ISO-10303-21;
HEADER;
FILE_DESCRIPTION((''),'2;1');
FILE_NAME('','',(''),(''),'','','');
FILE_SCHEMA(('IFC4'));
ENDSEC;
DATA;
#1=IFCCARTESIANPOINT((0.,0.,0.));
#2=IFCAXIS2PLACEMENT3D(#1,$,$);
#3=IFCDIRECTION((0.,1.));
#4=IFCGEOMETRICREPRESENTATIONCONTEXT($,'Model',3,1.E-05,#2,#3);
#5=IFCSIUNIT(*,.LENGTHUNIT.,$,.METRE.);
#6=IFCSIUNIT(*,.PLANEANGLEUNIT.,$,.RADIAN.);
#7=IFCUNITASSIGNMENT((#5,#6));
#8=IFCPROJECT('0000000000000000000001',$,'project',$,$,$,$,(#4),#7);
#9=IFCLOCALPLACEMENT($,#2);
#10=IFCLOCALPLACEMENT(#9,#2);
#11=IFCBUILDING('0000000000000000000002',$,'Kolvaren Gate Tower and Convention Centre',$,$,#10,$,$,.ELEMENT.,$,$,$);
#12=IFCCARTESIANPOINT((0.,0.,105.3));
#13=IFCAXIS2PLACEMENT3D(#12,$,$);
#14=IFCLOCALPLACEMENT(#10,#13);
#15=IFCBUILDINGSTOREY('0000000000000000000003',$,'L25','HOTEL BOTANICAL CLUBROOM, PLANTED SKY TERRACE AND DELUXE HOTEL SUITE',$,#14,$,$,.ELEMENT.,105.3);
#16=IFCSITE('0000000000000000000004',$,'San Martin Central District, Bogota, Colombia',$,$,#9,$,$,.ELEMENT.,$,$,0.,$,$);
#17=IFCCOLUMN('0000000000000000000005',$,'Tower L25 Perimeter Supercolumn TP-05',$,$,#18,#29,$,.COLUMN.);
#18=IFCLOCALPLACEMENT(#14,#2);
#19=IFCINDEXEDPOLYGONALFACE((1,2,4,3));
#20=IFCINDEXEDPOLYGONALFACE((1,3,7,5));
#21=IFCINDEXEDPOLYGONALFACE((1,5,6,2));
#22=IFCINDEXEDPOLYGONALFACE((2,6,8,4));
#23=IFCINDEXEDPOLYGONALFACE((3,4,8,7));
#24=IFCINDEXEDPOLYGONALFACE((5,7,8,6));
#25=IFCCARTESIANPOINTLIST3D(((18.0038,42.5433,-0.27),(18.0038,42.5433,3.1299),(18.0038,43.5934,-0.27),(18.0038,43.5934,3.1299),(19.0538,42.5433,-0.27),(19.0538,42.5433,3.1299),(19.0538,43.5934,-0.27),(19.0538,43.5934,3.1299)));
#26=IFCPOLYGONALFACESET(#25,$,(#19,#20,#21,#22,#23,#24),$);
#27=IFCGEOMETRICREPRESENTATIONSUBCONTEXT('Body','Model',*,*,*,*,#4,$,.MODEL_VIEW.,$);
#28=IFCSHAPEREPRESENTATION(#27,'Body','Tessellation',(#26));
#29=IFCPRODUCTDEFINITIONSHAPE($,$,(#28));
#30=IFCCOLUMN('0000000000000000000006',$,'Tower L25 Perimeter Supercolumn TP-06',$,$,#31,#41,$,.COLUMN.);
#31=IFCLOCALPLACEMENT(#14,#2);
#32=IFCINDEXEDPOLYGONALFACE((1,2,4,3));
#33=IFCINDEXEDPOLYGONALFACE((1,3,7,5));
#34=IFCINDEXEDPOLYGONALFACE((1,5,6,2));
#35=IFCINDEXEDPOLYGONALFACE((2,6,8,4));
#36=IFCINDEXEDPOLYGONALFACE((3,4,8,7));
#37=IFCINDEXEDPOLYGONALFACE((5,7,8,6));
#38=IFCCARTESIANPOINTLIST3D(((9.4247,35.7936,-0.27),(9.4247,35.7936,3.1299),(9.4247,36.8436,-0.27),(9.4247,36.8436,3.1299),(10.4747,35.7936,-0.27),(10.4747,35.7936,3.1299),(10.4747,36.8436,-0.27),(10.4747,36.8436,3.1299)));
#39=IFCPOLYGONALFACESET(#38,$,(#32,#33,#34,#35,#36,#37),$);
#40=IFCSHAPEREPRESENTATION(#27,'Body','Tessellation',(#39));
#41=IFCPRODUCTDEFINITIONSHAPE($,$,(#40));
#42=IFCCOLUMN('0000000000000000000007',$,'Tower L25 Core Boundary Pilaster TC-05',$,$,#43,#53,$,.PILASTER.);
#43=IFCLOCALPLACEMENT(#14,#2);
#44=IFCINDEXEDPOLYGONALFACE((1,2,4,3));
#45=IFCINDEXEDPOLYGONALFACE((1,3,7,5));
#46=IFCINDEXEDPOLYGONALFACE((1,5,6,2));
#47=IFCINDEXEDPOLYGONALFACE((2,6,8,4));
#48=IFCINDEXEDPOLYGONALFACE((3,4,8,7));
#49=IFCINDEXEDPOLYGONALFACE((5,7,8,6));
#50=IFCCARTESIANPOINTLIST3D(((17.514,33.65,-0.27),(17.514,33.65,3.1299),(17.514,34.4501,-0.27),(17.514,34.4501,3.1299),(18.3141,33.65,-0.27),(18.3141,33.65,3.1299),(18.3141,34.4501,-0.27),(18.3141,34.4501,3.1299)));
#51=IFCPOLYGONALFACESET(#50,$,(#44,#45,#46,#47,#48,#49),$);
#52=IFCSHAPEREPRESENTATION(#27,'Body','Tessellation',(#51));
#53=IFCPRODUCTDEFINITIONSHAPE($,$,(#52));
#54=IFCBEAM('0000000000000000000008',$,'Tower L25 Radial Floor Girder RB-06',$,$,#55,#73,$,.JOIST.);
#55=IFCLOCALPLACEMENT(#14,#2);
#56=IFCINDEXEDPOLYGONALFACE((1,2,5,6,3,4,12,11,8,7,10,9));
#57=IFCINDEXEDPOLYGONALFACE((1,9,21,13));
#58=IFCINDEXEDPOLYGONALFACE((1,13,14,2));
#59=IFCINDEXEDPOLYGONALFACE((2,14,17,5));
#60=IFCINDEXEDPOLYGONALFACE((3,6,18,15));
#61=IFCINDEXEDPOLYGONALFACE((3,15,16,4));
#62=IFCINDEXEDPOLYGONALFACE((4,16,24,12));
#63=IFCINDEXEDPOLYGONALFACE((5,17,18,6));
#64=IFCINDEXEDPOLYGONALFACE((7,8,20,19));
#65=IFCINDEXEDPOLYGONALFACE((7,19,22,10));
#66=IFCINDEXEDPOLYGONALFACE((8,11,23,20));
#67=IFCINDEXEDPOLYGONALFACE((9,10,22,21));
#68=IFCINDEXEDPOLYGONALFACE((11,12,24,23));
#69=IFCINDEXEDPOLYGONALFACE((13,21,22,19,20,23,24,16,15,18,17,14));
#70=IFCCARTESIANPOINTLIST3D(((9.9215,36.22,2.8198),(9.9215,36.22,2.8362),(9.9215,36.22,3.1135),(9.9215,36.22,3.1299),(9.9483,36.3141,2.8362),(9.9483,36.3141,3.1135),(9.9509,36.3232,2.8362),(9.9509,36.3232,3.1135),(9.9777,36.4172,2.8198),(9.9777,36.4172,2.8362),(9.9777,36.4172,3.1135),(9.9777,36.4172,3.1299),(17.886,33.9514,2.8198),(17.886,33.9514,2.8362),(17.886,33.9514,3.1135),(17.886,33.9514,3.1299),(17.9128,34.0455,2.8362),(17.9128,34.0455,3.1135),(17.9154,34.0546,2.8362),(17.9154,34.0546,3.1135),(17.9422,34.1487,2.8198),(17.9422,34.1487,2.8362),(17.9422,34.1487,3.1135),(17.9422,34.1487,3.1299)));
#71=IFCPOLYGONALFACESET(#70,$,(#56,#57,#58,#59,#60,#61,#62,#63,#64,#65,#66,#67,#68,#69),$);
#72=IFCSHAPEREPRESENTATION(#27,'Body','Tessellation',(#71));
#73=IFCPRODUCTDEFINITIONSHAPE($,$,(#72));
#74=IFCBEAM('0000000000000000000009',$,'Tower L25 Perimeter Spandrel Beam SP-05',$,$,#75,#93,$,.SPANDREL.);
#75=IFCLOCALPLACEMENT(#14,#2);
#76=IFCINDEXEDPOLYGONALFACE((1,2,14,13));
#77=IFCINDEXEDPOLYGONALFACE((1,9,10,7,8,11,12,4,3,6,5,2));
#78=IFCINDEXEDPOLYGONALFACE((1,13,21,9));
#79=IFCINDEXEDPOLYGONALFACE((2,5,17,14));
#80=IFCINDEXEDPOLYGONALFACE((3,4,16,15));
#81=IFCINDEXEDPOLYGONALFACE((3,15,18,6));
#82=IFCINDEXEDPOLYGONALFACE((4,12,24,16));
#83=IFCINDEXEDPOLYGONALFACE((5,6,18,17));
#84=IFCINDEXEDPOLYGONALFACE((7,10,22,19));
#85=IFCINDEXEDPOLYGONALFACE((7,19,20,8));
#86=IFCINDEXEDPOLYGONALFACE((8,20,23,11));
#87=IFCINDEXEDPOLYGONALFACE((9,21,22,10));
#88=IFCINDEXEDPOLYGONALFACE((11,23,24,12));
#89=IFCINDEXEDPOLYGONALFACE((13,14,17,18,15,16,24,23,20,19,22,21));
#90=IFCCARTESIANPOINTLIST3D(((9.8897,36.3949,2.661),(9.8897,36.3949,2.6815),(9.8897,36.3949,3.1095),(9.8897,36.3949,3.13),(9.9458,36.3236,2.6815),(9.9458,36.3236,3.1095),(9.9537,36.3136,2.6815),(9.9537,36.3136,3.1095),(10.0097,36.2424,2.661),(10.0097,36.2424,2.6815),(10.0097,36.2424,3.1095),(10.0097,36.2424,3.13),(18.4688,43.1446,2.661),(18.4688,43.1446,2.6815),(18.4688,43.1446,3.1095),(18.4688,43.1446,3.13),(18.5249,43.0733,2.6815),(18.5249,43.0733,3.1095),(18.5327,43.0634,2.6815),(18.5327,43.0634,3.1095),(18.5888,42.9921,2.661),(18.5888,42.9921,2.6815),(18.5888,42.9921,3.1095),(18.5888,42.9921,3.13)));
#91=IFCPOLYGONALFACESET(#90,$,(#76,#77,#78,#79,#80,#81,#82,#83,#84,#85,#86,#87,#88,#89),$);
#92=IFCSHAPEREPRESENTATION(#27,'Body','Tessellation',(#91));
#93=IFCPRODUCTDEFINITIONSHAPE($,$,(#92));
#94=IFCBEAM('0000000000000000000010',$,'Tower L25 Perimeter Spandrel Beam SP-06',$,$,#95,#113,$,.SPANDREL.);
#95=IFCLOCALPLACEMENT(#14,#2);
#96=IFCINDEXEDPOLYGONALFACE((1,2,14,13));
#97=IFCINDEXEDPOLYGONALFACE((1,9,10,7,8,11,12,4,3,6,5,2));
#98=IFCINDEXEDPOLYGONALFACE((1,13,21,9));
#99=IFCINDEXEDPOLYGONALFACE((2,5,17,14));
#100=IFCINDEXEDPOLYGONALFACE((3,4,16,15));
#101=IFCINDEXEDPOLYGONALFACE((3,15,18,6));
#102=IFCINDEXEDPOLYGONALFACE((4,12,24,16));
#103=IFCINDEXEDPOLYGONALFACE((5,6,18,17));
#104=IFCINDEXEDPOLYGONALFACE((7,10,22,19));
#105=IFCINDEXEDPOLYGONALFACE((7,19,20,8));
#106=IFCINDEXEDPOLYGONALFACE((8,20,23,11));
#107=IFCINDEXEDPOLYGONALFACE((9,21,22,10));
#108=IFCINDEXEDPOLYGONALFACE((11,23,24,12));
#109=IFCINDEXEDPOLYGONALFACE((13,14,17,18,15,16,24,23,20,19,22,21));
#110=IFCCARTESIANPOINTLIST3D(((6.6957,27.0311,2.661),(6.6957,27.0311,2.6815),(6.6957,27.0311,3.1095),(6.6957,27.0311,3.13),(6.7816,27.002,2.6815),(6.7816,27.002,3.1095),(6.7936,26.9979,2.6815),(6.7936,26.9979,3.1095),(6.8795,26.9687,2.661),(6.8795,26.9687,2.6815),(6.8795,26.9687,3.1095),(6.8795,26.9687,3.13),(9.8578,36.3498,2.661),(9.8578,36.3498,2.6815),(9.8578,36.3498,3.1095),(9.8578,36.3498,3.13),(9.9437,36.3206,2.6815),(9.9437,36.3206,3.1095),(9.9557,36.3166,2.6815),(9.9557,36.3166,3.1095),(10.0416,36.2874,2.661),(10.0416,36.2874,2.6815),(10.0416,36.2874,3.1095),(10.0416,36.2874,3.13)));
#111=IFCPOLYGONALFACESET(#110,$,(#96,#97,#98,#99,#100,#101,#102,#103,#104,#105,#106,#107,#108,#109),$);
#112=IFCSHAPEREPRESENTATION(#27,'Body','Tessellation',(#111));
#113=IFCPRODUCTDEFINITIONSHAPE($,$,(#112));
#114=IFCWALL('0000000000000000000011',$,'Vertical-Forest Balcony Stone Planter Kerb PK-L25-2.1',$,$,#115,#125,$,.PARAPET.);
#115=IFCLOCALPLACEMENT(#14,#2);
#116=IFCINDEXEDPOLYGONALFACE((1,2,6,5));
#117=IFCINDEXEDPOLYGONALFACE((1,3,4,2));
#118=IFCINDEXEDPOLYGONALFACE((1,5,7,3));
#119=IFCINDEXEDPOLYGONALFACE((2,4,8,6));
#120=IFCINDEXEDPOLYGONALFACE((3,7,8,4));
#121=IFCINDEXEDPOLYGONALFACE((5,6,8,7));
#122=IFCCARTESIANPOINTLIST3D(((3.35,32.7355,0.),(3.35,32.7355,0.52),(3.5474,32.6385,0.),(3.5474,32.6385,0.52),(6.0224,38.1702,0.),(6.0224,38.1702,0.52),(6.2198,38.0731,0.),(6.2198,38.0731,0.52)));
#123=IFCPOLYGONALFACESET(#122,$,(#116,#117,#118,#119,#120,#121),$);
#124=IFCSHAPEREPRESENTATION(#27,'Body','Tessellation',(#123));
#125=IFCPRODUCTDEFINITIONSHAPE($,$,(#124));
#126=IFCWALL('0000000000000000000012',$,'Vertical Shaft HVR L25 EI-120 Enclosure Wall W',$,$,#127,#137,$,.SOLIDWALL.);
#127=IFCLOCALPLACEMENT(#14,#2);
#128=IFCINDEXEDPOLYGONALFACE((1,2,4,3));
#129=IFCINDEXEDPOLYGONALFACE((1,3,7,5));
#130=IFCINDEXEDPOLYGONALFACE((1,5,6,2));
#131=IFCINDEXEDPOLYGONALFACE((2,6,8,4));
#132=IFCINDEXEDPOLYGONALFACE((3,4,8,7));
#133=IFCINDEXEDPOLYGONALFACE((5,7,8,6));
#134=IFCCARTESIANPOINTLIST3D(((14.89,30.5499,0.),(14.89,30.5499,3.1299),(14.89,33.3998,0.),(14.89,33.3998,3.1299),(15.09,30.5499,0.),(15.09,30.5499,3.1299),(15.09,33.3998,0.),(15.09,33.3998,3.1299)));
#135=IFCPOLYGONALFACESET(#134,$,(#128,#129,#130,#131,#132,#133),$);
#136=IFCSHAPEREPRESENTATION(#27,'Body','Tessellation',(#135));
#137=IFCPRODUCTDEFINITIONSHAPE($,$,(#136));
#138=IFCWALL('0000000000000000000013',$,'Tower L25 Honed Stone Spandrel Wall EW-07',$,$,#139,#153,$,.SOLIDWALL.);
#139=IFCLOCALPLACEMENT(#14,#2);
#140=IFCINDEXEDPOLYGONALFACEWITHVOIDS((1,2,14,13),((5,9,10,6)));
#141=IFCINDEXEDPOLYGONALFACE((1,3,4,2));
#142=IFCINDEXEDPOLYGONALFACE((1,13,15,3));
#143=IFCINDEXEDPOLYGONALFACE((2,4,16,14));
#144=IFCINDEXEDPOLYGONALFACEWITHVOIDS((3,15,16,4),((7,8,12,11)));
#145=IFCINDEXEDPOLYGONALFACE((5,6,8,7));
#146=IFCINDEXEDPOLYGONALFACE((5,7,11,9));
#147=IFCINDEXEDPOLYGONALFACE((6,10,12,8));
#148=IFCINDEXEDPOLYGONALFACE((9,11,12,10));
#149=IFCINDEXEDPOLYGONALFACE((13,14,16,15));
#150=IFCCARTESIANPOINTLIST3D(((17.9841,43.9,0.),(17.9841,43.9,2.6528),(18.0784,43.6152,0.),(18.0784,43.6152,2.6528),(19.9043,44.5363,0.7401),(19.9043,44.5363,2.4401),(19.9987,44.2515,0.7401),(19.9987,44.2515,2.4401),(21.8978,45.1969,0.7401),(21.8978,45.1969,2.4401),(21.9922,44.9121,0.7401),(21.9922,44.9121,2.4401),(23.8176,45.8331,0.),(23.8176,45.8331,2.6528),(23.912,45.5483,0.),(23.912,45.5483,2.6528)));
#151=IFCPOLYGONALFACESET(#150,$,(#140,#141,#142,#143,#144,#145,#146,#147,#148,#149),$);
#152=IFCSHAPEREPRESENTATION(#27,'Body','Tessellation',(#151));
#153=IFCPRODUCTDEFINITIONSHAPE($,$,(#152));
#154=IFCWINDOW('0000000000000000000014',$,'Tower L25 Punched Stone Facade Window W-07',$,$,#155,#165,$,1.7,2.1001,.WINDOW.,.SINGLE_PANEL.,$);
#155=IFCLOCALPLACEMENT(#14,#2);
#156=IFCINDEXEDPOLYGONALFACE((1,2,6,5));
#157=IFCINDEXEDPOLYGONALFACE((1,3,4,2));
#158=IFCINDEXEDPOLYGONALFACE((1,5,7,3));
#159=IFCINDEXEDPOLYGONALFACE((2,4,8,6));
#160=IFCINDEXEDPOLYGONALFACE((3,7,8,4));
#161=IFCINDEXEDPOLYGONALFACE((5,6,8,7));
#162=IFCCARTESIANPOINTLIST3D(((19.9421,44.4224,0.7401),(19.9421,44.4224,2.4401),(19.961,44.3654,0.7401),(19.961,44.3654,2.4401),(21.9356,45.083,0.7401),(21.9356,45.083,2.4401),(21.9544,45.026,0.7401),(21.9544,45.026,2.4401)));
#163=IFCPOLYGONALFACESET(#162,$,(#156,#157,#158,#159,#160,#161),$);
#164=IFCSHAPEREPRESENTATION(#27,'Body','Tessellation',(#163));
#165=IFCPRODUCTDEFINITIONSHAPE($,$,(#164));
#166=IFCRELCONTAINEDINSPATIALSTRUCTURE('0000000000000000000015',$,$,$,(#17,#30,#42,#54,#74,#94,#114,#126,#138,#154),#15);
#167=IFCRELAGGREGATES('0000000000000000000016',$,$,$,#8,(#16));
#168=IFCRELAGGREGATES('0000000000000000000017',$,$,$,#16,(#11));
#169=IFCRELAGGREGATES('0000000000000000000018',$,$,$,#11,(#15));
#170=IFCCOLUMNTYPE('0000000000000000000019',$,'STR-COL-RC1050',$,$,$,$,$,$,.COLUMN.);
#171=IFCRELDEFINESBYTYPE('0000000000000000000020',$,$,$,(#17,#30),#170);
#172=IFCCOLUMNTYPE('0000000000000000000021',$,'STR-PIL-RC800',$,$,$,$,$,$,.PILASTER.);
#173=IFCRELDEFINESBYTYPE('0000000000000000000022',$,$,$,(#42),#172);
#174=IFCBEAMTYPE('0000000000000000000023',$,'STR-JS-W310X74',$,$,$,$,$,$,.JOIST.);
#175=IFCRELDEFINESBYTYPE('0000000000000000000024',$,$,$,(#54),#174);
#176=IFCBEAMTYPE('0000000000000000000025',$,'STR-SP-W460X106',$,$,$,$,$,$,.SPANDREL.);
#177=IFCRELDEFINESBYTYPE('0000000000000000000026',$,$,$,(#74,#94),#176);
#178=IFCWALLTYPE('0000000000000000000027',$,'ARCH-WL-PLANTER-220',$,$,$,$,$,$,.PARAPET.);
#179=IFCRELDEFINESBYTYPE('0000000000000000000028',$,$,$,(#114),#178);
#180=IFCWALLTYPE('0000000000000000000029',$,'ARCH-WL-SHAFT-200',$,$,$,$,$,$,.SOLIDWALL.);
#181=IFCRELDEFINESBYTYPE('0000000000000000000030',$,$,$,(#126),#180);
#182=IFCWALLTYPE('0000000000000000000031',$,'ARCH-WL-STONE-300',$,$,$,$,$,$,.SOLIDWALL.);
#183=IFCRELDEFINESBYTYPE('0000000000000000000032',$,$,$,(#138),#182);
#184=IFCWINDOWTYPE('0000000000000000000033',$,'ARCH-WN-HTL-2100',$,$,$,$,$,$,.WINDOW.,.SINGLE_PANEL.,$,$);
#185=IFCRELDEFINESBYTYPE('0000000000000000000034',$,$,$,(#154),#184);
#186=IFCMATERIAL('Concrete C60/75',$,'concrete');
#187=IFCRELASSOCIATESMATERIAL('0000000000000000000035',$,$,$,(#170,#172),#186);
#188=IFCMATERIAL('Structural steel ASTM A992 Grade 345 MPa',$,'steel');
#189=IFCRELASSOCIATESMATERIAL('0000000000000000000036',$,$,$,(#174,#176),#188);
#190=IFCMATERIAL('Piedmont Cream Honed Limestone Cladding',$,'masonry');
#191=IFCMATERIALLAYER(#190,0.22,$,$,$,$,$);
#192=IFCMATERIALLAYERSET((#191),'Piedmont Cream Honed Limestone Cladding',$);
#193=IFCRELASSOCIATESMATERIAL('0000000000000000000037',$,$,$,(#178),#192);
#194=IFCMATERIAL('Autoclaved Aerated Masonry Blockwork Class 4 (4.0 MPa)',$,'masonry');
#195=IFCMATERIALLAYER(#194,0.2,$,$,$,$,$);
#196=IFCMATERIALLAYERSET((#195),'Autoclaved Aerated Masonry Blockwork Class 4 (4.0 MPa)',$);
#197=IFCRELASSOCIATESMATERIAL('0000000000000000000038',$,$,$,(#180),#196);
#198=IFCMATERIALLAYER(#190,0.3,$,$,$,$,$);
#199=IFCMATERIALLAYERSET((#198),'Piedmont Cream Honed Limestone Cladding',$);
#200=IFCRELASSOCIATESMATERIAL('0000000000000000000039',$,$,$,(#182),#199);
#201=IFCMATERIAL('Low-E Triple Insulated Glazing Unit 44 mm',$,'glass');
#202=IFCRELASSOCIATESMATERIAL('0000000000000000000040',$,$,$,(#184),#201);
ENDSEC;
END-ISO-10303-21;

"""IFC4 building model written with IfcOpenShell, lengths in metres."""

from ifc_helpers import new_model, si_unit, direction, frame, frame_2d, origin, origin_2d, place, context, subcontext, project, spatial, rectangle, i_section, extrude, material, layer, layer_set, material_profile, profile_set, type_object, element, fill, save


model = new_model("IFC4")

# Units and contexts
model_context = context("Model", 3, precision=1e-05, world=origin(), true_north=direction((0.0, 1.0)))
body_context = subcontext(model_context, "Body", "Model", "MODEL_VIEW")
ifc_project = project(units=[si_unit("LENGTHUNIT", "METRE"), si_unit("PLANEANGLEUNIT", "RADIAN")], contexts=[model_context])

# Site, building, storey
site_placement = place(None, origin())
site = spatial("IfcSite", under=ifc_project, at=site_placement, Name="San Martin Central District, Bogota, Colombia", CompositionType="ELEMENT", RefElevation=0.0)
building_placement = place(site_placement, origin())
building = spatial("IfcBuilding", under=site, at=building_placement, Name="Kolvaren Gate Tower and Convention Centre", CompositionType="ELEMENT")
storey_placement = place(building_placement, frame((0.0, 0.0, 105.3)))
storey = spatial("IfcBuildingStorey", under=building, at=storey_placement, Name="L25", Description="HOTEL BOTANICAL CLUBROOM, PLANTED SKY TERRACE AND DELUXE HOTEL SUITE", CompositionType="ELEMENT", Elevation=105.3)

# Columns
ifc_material_1 = material(Name="Concrete C60/75", Category="concrete")
ifc_material_profile_1 = material_profile(ifc_material_1, rectangle(XDim=1.05, YDim=1.05, at=origin_2d()), Name="RC-COL-1050X1050")
ifc_profile_set_1 = profile_set([ifc_material_profile_1], Name="Concrete C60/75")
column_type_1 = type_object("IfcColumnType", Name="STR-COL-RC1050", PredefinedType="COLUMN", material=ifc_profile_set_1)
for number, where, z_axis, x_axis, name in (
    (1, (18.5288, 43.0684, -0.27), (0.0, 0.0, 1.0), (1.0, 0.0, 0.0), "Tower L25 Perimeter Supercolumn TP-05"),
    (2, (9.9497, 36.3186, -0.27), (0.0, 0.0, 1.0), (1.0, 0.0, 0.0), "Tower L25 Perimeter Supercolumn TP-06"),
):
    element("IfcColumn", number, at=place(storey_placement, frame(where, z_axis=z_axis, x_axis=x_axis)), inside=storey, type_object=column_type_1, Name=name, PredefinedType="COLUMN", context=body_context, shape_type="SweptSolid", body=[
        extrude(rectangle(XDim=1.05, YDim=1.05, at=origin_2d()), origin(), (0.0, 0.0, 1.0), 3.3999),
    ])
ifc_material_profile_2 = material_profile(ifc_material_1, rectangle(XDim=0.8, YDim=0.8, at=origin_2d()), Name="RC-COL-800X800")
ifc_profile_set_2 = profile_set([ifc_material_profile_2], Name="Concrete C60/75")
column_type_2 = type_object("IfcColumnType", Name="STR-PIL-RC800", PredefinedType="PILASTER", material=ifc_profile_set_2)
column_placement = place(storey_placement, frame((17.9141, 34.05, -0.27), z_axis=(0.0, 0.0, 1.0), x_axis=(1.0, 0.0, 0.0)))
element("IfcColumn", 3, at=column_placement, inside=storey, type_object=column_type_2, Name="Tower L25 Core Boundary Pilaster TC-05", PredefinedType="PILASTER", context=body_context, shape_type="SweptSolid", body=[
    extrude(rectangle(XDim=0.8, YDim=0.8, at=origin_2d()), origin(), (0.0, 0.0, 1.0), 3.3999),
])

# Beams
ifc_material_2 = material(Name="Structural steel ASTM A992 Grade 345 MPa", Category="steel")
ifc_material_profile_3 = material_profile(ifc_material_2, i_section(OverallWidth=0.2051, OverallDepth=0.3101, WebThickness=0.0095, FlangeThickness=0.0164, at=origin_2d()), Name="W310X74")
ifc_profile_set_3 = profile_set([ifc_material_profile_3], Name="Structural steel ASTM A992 Grade 345 MPa")
beam_type_1 = type_object("IfcBeamType", Name="STR-JS-W310X74", PredefinedType="JOIST", material=ifc_profile_set_3)
beam_1_placement = place(storey_placement, frame((17.9141, 34.05, 2.9749), z_axis=(-0.961746, 0.273942, 0.0), x_axis=(-0.273942, -0.961746, 0.0)))
element("IfcBeam", 4, at=beam_1_placement, inside=storey, type_object=beam_type_1, Name="Tower L25 Radial Floor Girder RB-06", PredefinedType="JOIST", context=body_context, shape_type="SweptSolid", body=[
    extrude(i_section(OverallWidth=0.2051, OverallDepth=0.3101, WebThickness=0.0095, FlangeThickness=0.0164, at=origin_2d()), origin(), (0.0, 0.0, 1.0), 8.2812),
])
ifc_material_profile_4 = material_profile(ifc_material_2, i_section(OverallWidth=0.1941, OverallDepth=0.469, WebThickness=0.0127, FlangeThickness=0.0205, at=origin_2d()), Name="W460X106")
ifc_profile_set_4 = profile_set([ifc_material_profile_4], Name="Structural steel ASTM A992 Grade 345 MPa")
beam_type_2 = type_object("IfcBeamType", Name="STR-SP-W460X106", PredefinedType="SPANDREL", material=ifc_profile_set_4)
beam_2_placement = place(storey_placement, frame((18.5288, 43.0684, 2.8955), z_axis=(-0.785916, -0.618333, 0.0), x_axis=(0.618333, -0.785916, 0.0)))
element("IfcBeam", 5, at=beam_2_placement, inside=storey, type_object=beam_type_2, Name="Tower L25 Perimeter Spandrel Beam SP-05", PredefinedType="SPANDREL", context=body_context, shape_type="SweptSolid", body=[
    extrude(i_section(OverallWidth=0.1941, OverallDepth=0.469, WebThickness=0.0127, FlangeThickness=0.0205, at=origin_2d()), origin(), (0.0, 0.0, 1.0), 10.916),
])
beam_3_placement = place(storey_placement, frame((9.9497, 36.3186, 2.8955), z_axis=(-0.321336, -0.946965, 0.0), x_axis=(0.946965, -0.321336, 0.0)))
element("IfcBeam", 6, at=beam_3_placement, inside=storey, type_object=beam_type_2, Name="Tower L25 Perimeter Spandrel Beam SP-06", PredefinedType="SPANDREL", context=body_context, shape_type="SweptSolid", body=[
    extrude(i_section(OverallWidth=0.1941, OverallDepth=0.469, WebThickness=0.0127, FlangeThickness=0.0205, at=origin_2d()), origin(), (0.0, 0.0, 1.0), 9.8406),
])

# Walls
ifc_material_3 = material(Name="Piedmont Cream Honed Limestone Cladding", Category="masonry")
ifc_layer_1 = layer(ifc_material_3, 0.22)
ifc_layer_set_1 = layer_set([ifc_layer_1], Name="Piedmont Cream Honed Limestone Cladding")
wall_type_1 = type_object("IfcWallType", Name="ARCH-WL-PLANTER-220", PredefinedType="PARAPET", material=ifc_layer_set_1)
wall_1_placement = place(storey_placement, frame((3.4487, 32.687, 0.0), z_axis=(0.0, 0.0, 1.0), x_axis=(0.44127, 0.897375, 0.0)))
element("IfcWall", 7, at=wall_1_placement, inside=storey, type_object=wall_type_1, Name="Vertical-Forest Balcony Stone Planter Kerb PK-L25-2.1", PredefinedType="PARAPET", context=body_context, shape_type="SweptSolid", body=[
    extrude(rectangle(XDim=6.0562, YDim=0.22, at=frame_2d((3.0281, 0.0))), origin(), (0.0, 0.0, 1.0), 0.52),
])
ifc_material_4 = material(Name="Autoclaved Aerated Masonry Blockwork Class 4 (4.0 MPa)", Category="masonry")
ifc_layer_2 = layer(ifc_material_4, 0.2)
ifc_layer_set_2 = layer_set([ifc_layer_2], Name="Autoclaved Aerated Masonry Blockwork Class 4 (4.0 MPa)")
wall_type_2 = type_object("IfcWallType", Name="ARCH-WL-SHAFT-200", PredefinedType="SOLIDWALL", material=ifc_layer_set_2)
wall_2_placement = place(storey_placement, frame((14.99, 30.55, 0.0), z_axis=(0.0, 0.0, 1.0), x_axis=(0.0, 1.0, 0.0)))
element("IfcWall", 8, at=wall_2_placement, inside=storey, type_object=wall_type_2, Name="Vertical Shaft HVR L25 EI-120 Enclosure Wall W", PredefinedType="SOLIDWALL", context=body_context, shape_type="SweptSolid", body=[
    extrude(rectangle(XDim=2.8499, YDim=0.2, at=frame_2d((1.4248, 0.0))), origin(), (0.0, 0.0, 1.0), 3.1299),
])

# Wall, opening, window
ifc_layer_3 = layer(ifc_material_3, 0.3)
ifc_layer_set_3 = layer_set([ifc_layer_3], Name="Piedmont Cream Honed Limestone Cladding")
wall_type_3 = type_object("IfcWallType", Name="ARCH-WL-STONE-300", PredefinedType="SOLIDWALL", material=ifc_layer_set_3)
wall_3_placement = place(storey_placement, frame((18.0312, 43.7576, 0.0), z_axis=(0.0, 0.0, 1.0), x_axis=(0.949238, 0.314559, 0.0)))
wall_3 = element("IfcWall", 9, at=wall_3_placement, inside=storey, type_object=wall_type_3, Name="Tower L25 Honed Stone Spandrel Wall EW-07", PredefinedType="SOLIDWALL", context=body_context, shape_type="SweptSolid", body=[
    extrude(rectangle(XDim=6.1455, YDim=0.3, at=frame_2d((3.0728, 0.0))), origin(), (0.0, 0.0, 1.0), 2.6528),
])
opening_1_placement = place(wall_3_placement, frame((2.0229, 0.0, 0.74)))
opening_1 = element("IfcOpeningElement", 10, at=opening_1_placement, cuts=wall_3, PredefinedType="OPENING", context=body_context, shape_type="SweptSolid", body=[
    extrude(rectangle(XDim=2.1001, YDim=1.7, at=frame_2d((1.05, 0.8501))), frame((0.0, 0.1599, 0.0), z_axis=(0.0, -1.0, 0.0), x_axis=(1.0, 0.0, 0.0)), (0.0, 0.0, 1.0), 0.3201),
])
ifc_material_5 = material(Name="Low-E Triple Insulated Glazing Unit 44 mm", Category="glass")
window_type = type_object("IfcWindowType", Name="ARCH-WN-HTL-2100", PartitioningType="SINGLE_PANEL", PredefinedType="WINDOW", material=ifc_material_5)
window_1_placement = place(opening_1_placement, origin())
window_1 = element("IfcWindow", 11, at=window_1_placement, inside=storey, type_object=window_type, Name="Tower L25 Punched Stone Facade Window W-07", OverallHeight=1.7, OverallWidth=2.1001, PartitioningType="SINGLE_PANEL", PredefinedType="WINDOW", context=body_context, shape_type="SweptSolid", body=[
    extrude(rectangle(XDim=2.1001, YDim=1.7, at=frame_2d((1.05, 0.8501))), frame((0.0, 0.03, 0.0), z_axis=(0.0, -1.0, 0.0), x_axis=(1.0, 0.0, 0.0)), (0.0, 0.0, 1.0), 0.0601),
])
fill(opening_1, window_1)

save(model, "model.ifc")
